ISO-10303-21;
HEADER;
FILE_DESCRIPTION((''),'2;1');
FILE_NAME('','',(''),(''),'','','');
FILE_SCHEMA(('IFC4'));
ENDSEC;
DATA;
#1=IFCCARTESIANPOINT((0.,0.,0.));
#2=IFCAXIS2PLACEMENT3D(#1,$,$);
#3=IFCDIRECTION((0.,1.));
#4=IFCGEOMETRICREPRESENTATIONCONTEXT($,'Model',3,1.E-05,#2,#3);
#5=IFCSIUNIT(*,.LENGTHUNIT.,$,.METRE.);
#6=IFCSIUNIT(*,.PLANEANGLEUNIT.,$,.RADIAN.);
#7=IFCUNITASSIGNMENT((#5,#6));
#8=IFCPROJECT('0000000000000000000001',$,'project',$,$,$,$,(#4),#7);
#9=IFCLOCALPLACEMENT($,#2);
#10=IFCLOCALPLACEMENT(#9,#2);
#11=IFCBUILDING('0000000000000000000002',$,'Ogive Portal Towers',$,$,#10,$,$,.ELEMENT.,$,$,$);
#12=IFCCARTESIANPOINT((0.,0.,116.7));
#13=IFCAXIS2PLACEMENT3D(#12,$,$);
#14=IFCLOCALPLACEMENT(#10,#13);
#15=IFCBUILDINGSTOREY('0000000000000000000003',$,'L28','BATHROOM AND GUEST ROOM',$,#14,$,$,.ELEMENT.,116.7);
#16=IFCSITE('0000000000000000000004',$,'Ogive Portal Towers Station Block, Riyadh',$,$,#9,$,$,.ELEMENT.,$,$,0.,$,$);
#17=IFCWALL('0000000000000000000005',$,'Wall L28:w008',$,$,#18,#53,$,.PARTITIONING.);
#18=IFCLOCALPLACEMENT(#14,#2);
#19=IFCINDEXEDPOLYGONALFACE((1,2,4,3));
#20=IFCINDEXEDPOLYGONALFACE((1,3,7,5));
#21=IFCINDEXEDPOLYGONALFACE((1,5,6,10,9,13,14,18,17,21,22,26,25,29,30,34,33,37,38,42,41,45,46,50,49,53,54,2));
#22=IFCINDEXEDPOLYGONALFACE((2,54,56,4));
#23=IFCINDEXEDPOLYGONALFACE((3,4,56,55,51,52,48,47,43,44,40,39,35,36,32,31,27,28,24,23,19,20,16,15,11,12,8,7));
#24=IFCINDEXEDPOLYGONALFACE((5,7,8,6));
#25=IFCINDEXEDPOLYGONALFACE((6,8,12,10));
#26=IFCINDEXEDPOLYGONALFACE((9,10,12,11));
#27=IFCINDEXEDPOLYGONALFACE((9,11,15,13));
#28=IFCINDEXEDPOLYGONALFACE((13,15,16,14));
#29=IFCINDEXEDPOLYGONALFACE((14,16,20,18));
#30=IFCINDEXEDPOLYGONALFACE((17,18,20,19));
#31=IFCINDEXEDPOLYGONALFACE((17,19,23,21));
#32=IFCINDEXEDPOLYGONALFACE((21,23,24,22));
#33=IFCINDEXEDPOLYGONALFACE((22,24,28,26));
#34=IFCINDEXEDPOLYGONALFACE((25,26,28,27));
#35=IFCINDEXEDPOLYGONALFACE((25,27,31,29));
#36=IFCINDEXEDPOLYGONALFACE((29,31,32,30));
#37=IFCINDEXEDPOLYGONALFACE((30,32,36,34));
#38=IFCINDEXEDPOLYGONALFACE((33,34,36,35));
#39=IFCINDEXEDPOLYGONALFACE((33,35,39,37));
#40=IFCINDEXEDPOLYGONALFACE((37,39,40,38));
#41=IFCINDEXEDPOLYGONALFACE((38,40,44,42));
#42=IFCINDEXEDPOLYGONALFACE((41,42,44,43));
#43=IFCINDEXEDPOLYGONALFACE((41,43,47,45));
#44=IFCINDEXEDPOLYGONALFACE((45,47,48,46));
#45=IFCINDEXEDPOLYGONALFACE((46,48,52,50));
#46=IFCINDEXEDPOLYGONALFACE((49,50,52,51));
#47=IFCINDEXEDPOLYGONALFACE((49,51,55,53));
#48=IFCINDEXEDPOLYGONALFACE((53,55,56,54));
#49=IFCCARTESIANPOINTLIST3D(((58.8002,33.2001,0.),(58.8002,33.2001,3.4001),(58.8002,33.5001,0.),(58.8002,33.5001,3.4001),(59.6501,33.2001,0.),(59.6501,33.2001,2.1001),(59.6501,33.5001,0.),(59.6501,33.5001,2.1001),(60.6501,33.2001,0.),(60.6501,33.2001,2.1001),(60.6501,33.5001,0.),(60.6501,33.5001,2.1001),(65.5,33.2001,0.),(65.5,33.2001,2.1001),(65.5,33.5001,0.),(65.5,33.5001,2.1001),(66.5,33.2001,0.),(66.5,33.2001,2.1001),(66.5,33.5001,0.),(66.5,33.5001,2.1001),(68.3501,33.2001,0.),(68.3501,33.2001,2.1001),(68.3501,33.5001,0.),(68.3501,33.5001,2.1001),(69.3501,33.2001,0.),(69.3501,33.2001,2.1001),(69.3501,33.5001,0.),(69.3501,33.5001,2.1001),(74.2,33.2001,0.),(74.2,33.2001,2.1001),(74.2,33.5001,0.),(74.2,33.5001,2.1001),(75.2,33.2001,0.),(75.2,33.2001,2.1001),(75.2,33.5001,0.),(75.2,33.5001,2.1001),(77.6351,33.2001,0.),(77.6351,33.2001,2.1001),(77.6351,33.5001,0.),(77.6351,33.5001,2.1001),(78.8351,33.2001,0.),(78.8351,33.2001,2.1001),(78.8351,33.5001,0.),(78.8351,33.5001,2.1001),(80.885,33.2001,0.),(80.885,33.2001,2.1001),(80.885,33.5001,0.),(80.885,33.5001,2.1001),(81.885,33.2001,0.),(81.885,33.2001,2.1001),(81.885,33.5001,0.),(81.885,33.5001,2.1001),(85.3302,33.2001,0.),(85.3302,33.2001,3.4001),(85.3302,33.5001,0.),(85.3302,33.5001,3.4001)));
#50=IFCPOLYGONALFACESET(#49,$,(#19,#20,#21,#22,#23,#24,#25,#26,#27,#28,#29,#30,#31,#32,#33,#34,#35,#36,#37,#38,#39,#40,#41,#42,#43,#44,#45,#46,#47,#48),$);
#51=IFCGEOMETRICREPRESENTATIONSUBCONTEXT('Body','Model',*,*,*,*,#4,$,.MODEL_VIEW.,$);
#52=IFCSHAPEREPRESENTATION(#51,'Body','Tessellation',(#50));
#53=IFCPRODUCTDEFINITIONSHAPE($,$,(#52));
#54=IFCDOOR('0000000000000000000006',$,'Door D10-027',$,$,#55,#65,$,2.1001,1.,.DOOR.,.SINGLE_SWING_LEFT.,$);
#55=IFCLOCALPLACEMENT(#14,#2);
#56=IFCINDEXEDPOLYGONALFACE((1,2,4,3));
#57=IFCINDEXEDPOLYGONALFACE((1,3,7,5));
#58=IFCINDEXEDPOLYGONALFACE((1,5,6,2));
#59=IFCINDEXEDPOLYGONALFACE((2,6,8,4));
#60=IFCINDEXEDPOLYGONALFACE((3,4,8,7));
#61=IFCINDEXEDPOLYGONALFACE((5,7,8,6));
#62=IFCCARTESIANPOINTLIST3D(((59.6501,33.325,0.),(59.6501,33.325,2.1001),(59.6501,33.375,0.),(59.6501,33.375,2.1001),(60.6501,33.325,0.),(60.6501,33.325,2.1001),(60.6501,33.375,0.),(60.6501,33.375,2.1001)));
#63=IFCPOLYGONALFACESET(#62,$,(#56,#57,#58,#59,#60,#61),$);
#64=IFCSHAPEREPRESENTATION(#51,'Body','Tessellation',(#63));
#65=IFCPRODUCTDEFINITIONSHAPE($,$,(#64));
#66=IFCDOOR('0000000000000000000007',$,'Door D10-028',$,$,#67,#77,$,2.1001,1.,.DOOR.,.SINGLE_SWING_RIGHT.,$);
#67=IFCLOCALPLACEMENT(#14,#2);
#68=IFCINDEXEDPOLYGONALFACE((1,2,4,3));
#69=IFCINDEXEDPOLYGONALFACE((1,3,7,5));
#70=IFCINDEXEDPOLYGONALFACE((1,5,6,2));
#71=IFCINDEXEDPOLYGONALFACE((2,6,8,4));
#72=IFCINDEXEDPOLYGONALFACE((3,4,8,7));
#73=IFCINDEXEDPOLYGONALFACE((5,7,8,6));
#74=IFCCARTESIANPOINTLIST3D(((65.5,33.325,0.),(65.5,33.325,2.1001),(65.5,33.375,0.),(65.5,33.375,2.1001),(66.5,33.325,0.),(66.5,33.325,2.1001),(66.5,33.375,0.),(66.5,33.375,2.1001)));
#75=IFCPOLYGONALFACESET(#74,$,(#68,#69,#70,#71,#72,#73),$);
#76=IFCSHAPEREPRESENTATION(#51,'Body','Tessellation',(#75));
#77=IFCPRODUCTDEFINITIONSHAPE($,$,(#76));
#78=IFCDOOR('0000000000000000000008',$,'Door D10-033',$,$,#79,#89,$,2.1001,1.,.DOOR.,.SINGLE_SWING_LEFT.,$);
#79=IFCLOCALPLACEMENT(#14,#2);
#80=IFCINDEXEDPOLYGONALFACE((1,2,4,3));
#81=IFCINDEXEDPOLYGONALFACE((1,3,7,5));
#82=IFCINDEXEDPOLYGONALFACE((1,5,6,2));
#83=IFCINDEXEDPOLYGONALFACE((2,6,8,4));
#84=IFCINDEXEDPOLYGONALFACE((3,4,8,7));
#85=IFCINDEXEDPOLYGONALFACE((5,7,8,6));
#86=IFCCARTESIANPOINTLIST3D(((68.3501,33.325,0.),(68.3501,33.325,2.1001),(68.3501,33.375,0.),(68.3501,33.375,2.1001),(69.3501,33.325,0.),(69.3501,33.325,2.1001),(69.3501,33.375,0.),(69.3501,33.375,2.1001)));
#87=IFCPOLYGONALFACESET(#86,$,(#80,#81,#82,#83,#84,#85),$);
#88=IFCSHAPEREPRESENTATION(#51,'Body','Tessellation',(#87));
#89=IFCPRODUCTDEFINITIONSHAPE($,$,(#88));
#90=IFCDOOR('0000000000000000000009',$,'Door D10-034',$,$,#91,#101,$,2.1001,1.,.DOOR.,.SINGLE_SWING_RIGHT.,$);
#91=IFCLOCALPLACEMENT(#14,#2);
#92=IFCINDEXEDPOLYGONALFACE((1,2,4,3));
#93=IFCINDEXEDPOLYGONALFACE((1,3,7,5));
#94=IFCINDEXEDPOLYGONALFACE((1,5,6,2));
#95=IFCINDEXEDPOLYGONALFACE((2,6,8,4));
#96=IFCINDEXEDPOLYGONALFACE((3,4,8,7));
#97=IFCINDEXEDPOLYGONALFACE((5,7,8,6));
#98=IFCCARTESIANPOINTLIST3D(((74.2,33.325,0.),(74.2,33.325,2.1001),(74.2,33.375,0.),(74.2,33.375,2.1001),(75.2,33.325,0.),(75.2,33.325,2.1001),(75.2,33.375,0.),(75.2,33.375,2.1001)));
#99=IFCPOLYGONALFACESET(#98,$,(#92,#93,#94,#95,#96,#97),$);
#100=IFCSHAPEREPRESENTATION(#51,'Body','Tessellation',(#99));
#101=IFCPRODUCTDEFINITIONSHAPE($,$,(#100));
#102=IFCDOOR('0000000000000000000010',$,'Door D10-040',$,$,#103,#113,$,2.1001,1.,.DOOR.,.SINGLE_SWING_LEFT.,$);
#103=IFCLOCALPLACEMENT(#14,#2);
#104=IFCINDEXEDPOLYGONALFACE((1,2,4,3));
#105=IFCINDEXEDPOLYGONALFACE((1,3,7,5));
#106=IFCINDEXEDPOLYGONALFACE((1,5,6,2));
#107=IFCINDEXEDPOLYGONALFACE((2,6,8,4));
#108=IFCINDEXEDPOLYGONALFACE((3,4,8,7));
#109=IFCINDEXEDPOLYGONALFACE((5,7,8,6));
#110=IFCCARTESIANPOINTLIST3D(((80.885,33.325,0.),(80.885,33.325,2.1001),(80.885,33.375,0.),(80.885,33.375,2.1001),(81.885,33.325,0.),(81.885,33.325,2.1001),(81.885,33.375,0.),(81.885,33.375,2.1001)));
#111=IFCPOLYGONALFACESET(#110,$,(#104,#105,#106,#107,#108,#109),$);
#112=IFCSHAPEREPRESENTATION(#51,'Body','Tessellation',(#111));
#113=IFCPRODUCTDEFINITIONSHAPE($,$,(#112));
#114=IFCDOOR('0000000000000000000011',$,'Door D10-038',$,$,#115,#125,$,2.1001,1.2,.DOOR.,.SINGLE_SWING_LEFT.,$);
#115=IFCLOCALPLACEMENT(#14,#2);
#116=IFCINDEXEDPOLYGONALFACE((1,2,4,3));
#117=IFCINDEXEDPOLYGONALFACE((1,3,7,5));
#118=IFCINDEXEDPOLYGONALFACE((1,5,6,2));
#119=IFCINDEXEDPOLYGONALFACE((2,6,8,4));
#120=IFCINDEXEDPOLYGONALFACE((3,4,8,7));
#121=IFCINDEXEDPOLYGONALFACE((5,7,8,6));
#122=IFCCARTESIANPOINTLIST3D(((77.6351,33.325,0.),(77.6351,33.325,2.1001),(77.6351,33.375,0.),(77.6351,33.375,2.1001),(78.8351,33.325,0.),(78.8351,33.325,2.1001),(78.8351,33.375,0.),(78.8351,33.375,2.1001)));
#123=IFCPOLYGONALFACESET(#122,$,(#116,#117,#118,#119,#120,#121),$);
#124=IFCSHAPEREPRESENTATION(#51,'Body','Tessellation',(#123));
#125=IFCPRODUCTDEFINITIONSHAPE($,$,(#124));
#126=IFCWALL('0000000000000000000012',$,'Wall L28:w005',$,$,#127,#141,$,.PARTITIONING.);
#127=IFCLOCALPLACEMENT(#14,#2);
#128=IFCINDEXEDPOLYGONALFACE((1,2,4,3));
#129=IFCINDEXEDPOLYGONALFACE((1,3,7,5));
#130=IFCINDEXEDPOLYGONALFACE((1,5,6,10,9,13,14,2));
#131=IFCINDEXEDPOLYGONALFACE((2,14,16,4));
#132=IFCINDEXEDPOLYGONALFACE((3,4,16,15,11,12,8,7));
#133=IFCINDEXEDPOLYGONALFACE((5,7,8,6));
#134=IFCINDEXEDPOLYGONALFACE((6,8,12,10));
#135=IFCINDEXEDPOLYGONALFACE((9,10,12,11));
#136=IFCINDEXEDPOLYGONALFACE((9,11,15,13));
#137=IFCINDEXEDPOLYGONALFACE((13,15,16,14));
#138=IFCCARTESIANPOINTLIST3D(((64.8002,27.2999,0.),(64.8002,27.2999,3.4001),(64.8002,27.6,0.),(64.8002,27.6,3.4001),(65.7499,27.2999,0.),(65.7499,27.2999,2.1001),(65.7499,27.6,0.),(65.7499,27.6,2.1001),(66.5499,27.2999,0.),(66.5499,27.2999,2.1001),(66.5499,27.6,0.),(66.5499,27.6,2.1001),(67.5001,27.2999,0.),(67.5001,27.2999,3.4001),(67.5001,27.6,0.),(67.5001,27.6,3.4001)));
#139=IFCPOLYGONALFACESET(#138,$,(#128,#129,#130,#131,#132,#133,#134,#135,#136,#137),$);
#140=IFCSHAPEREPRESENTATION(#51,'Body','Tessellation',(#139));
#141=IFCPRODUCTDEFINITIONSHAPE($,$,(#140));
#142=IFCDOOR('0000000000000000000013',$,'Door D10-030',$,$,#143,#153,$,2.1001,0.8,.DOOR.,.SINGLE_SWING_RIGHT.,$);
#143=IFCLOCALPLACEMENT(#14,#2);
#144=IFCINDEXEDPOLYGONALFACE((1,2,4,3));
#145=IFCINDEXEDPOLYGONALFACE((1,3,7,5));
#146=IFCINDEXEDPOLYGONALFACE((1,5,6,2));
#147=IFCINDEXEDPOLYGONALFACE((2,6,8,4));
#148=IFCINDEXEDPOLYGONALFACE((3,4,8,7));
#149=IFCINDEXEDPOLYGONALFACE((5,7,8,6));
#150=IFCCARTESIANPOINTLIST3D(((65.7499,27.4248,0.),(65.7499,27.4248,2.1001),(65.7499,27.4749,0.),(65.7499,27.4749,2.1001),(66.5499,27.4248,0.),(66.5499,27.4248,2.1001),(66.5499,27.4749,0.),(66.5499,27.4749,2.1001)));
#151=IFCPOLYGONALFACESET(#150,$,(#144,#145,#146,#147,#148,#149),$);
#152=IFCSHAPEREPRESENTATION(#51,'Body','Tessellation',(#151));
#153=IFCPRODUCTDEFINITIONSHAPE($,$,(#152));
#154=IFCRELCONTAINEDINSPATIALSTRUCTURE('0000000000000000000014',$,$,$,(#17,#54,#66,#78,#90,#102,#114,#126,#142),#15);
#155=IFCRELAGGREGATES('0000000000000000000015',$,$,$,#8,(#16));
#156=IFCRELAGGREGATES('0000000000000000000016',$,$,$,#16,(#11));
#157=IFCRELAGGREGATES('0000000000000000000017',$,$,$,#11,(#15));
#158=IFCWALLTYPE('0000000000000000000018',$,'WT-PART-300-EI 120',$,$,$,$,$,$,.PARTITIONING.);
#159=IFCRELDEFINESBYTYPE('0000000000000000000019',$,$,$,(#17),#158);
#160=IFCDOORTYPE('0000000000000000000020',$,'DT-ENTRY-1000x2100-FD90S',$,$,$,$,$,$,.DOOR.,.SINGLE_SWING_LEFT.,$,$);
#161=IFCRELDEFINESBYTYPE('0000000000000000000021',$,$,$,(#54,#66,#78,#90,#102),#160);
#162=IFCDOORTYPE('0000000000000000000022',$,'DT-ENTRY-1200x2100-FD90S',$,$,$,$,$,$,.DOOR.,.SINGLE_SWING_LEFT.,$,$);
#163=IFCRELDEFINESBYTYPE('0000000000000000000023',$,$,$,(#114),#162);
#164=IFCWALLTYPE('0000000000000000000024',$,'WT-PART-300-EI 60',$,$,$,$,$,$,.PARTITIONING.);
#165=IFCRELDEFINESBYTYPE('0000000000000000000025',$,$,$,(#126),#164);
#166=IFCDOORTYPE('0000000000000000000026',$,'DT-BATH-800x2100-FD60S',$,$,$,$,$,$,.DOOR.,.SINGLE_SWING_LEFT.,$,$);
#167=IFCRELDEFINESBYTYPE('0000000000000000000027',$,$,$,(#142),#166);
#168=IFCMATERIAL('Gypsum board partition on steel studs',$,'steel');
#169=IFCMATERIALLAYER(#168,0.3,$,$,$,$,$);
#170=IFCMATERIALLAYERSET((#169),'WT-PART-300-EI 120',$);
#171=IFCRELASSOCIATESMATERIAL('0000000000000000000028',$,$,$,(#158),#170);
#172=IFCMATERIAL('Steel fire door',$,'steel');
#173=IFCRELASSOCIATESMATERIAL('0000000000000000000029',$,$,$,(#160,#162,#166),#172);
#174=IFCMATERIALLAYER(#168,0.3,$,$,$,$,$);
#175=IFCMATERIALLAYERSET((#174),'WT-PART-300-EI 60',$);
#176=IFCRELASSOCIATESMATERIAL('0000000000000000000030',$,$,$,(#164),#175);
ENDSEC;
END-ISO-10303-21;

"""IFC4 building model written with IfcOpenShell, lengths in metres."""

from ifc_helpers import new_model, si_unit, direction, frame, frame_2d, origin, place, context, subcontext, project, spatial, rectangle, extrude, material, layer, layer_set, type_object, element, fill, save


model = new_model("IFC4")

# Units and contexts
model_context = context("Model", 3, precision=1e-05, world=origin(), true_north=direction((0.0, 1.0)))
body_context = subcontext(model_context, "Body", "Model", "MODEL_VIEW")
ifc_project = project(units=[si_unit("LENGTHUNIT", "METRE"), si_unit("PLANEANGLEUNIT", "RADIAN")], contexts=[model_context])

# Site, building, storey
site_placement = place(None, origin())
site = spatial("IfcSite", under=ifc_project, at=site_placement, Name="Ogive Portal Towers Station Block, Riyadh", CompositionType="ELEMENT", RefElevation=0.0)
building_placement = place(site_placement, origin())
building = spatial("IfcBuilding", under=site, at=building_placement, Name="Ogive Portal Towers", CompositionType="ELEMENT")
storey_placement = place(building_placement, frame((0.0, 0.0, 116.7)))
storey = spatial("IfcBuildingStorey", under=building, at=storey_placement, Name="L28", Description="BATHROOM AND GUEST ROOM", CompositionType="ELEMENT", Elevation=116.7)

# Wall, openings, doors
ifc_material_1 = material(Name="Gypsum board partition on steel studs", Category="steel")
ifc_layer_1 = layer(ifc_material_1, 0.3)
ifc_layer_set_1 = layer_set([ifc_layer_1], Name="WT-PART-300-EI 120")
wall_type_1 = type_object("IfcWallType", Name="WT-PART-300-EI 120", PredefinedType="PARTITIONING", material=ifc_layer_set_1)
ifc_material_2 = material(Name="Steel fire door", Category="steel")
door_type_1 = type_object("IfcDoorType", Name="DT-ENTRY-1000x2100-FD90S", OperationType="SINGLE_SWING_LEFT", PredefinedType="DOOR", material=ifc_material_2)
door_type_2 = type_object("IfcDoorType", Name="DT-ENTRY-1200x2100-FD90S", OperationType="SINGLE_SWING_LEFT", PredefinedType="DOOR", material=ifc_material_2)
wall_1_placement = place(storey_placement, frame((58.8, 33.3501, 0.0), z_axis=(0.0, 0.0, 1.0), x_axis=(1.0, 0.0, 0.0)))
wall_1 = element("IfcWall", 1, at=wall_1_placement, inside=storey, type_object=wall_type_1, Name="Wall L28:w008", PredefinedType="PARTITIONING", context=body_context, shape_type="SweptSolid", body=[
    extrude(rectangle(XDim=26.53, YDim=0.3, at=frame_2d((13.2651, 0.0))), origin(), (0.0, 0.0, 1.0), 3.4001),
])
opening_1_placement = place(wall_1_placement, frame((0.8501, 0.0, 0.0)))
opening_1 = element("IfcOpeningElement", 2, at=opening_1_placement, cuts=wall_1, PredefinedType="OPENING", context=body_context, shape_type="SweptSolid", body=[
    extrude(rectangle(XDim=1.0, YDim=2.1001, at=frame_2d((0.5, 1.05))), frame((0.0, 0.1602, 0.0), z_axis=(0.0, -1.0, 0.0), x_axis=(1.0, 0.0, 0.0)), (0.0, 0.0, 1.0), 0.3201),
])
opening_2_placement = place(wall_1_placement, frame((6.7, 0.0, 0.0)))
opening_2 = element("IfcOpeningElement", 3, at=opening_2_placement, cuts=wall_1, PredefinedType="OPENING", context=body_context, shape_type="SweptSolid", body=[
    extrude(rectangle(XDim=1.0, YDim=2.1001, at=frame_2d((0.5, 1.05))), frame((0.0, 0.1602, 0.0), z_axis=(0.0, -1.0, 0.0), x_axis=(1.0, 0.0, 0.0)), (0.0, 0.0, 1.0), 0.3201),
])
opening_3_placement = place(wall_1_placement, frame((9.55, 0.0, 0.0)))
opening_3 = element("IfcOpeningElement", 4, at=opening_3_placement, cuts=wall_1, PredefinedType="OPENING", context=body_context, shape_type="SweptSolid", body=[
    extrude(rectangle(XDim=1.0, YDim=2.1001, at=frame_2d((0.5, 1.05))), frame((0.0, 0.1602, 0.0), z_axis=(0.0, -1.0, 0.0), x_axis=(1.0, 0.0, 0.0)), (0.0, 0.0, 1.0), 0.3201),
])
opening_4_placement = place(wall_1_placement, frame((15.3999, 0.0, 0.0)))
opening_4 = element("IfcOpeningElement", 5, at=opening_4_placement, cuts=wall_1, PredefinedType="OPENING", context=body_context, shape_type="SweptSolid", body=[
    extrude(rectangle(XDim=1.0, YDim=2.1001, at=frame_2d((0.5, 1.05))), frame((0.0, 0.1602, 0.0), z_axis=(0.0, -1.0, 0.0), x_axis=(1.0, 0.0, 0.0)), (0.0, 0.0, 1.0), 0.3201),
])
opening_5_placement = place(wall_1_placement, frame((18.835, 0.0, 0.0)))
opening_5 = element("IfcOpeningElement", 6, at=opening_5_placement, cuts=wall_1, PredefinedType="OPENING", context=body_context, shape_type="SweptSolid", body=[
    extrude(rectangle(XDim=1.2, YDim=2.1001, at=frame_2d((0.6001, 1.05))), frame((0.0, 0.1602, 0.0), z_axis=(0.0, -1.0, 0.0), x_axis=(1.0, 0.0, 0.0)), (0.0, 0.0, 1.0), 0.3201),
])
opening_6_placement = place(wall_1_placement, frame((22.085, 0.0, 0.0)))
opening_6 = element("IfcOpeningElement", 7, at=opening_6_placement, cuts=wall_1, PredefinedType="OPENING", context=body_context, shape_type="SweptSolid", body=[
    extrude(rectangle(XDim=1.0, YDim=2.1001, at=frame_2d((0.5, 1.05))), frame((0.0, 0.1602, 0.0), z_axis=(0.0, -1.0, 0.0), x_axis=(1.0, 0.0, 0.0)), (0.0, 0.0, 1.0), 0.3201),
])
door_1_placement = place(opening_1_placement, origin())
door_1 = element("IfcDoor", 8, at=door_1_placement, inside=storey, type_object=door_type_1, Name="Door D10-027", OperationType="SINGLE_SWING_LEFT", OverallHeight=2.1001, OverallWidth=1.0, PredefinedType="DOOR", context=body_context, shape_type="SweptSolid", body=[
    extrude(rectangle(XDim=1.0, YDim=2.1001, at=frame_2d((0.5, 1.05))), frame((0.0, 0.0249, 0.0), z_axis=(0.0, -1.0, 0.0), x_axis=(1.0, 0.0, 0.0)), (0.0, 0.0, 1.0), 0.05),
])
fill(opening_1, door_1)
door_2_placement = place(opening_2_placement, origin())
door_2 = element("IfcDoor", 9, at=door_2_placement, inside=storey, type_object=door_type_1, Name="Door D10-028", OperationType="SINGLE_SWING_RIGHT", OverallHeight=2.1001, OverallWidth=1.0, PredefinedType="DOOR", context=body_context, shape_type="SweptSolid", body=[
    extrude(rectangle(XDim=1.0, YDim=2.1001, at=frame_2d((0.5, 1.05))), frame((0.0, 0.0249, 0.0), z_axis=(0.0, -1.0, 0.0), x_axis=(1.0, 0.0, 0.0)), (0.0, 0.0, 1.0), 0.05),
])
fill(opening_2, door_2)
door_3_placement = place(opening_3_placement, origin())
door_3 = element("IfcDoor", 10, at=door_3_placement, inside=storey, type_object=door_type_1, Name="Door D10-033", OperationType="SINGLE_SWING_LEFT", OverallHeight=2.1001, OverallWidth=1.0, PredefinedType="DOOR", context=body_context, shape_type="SweptSolid", body=[
    extrude(rectangle(XDim=1.0, YDim=2.1001, at=frame_2d((0.5, 1.05))), frame((0.0, 0.0249, 0.0), z_axis=(0.0, -1.0, 0.0), x_axis=(1.0, 0.0, 0.0)), (0.0, 0.0, 1.0), 0.05),
])
fill(opening_3, door_3)
door_4_placement = place(opening_4_placement, origin())
door_4 = element("IfcDoor", 11, at=door_4_placement, inside=storey, type_object=door_type_1, Name="Door D10-034", OperationType="SINGLE_SWING_RIGHT", OverallHeight=2.1001, OverallWidth=1.0, PredefinedType="DOOR", context=body_context, shape_type="SweptSolid", body=[
    extrude(rectangle(XDim=1.0, YDim=2.1001, at=frame_2d((0.5, 1.05))), frame((0.0, 0.0249, 0.0), z_axis=(0.0, -1.0, 0.0), x_axis=(1.0, 0.0, 0.0)), (0.0, 0.0, 1.0), 0.05),
])
fill(opening_4, door_4)
door_5_placement = place(opening_6_placement, origin())
door_5 = element("IfcDoor", 12, at=door_5_placement, inside=storey, type_object=door_type_1, Name="Door D10-040", OperationType="SINGLE_SWING_LEFT", OverallHeight=2.1001, OverallWidth=1.0, PredefinedType="DOOR", context=body_context, shape_type="SweptSolid", body=[
    extrude(rectangle(XDim=1.0, YDim=2.1001, at=frame_2d((0.5, 1.05))), frame((0.0, 0.0249, 0.0), z_axis=(0.0, -1.0, 0.0), x_axis=(1.0, 0.0, 0.0)), (0.0, 0.0, 1.0), 0.05),
])
fill(opening_6, door_5)
door_6_placement = place(opening_5_placement, origin())
door_6 = element("IfcDoor", 13, at=door_6_placement, inside=storey, type_object=door_type_2, Name="Door D10-038", OperationType="SINGLE_SWING_LEFT", OverallHeight=2.1001, OverallWidth=1.2, PredefinedType="DOOR", context=body_context, shape_type="SweptSolid", body=[
    extrude(rectangle(XDim=1.2, YDim=2.1001, at=frame_2d((0.6001, 1.05))), frame((0.0, 0.0249, 0.0), z_axis=(0.0, -1.0, 0.0), x_axis=(1.0, 0.0, 0.0)), (0.0, 0.0, 1.0), 0.05),
])
fill(opening_5, door_6)

# Wall, opening, door
ifc_layer_2 = layer(ifc_material_1, 0.3)
ifc_layer_set_2 = layer_set([ifc_layer_2], Name="WT-PART-300-EI 60")
wall_type_2 = type_object("IfcWallType", Name="WT-PART-300-EI 60", PredefinedType="PARTITIONING", material=ifc_layer_set_2)
wall_2_placement = place(storey_placement, frame((64.8, 27.45, 0.0), z_axis=(0.0, 0.0, 1.0), x_axis=(1.0, 0.0, 0.0)))
wall_2 = element("IfcWall", 14, at=wall_2_placement, inside=storey, type_object=wall_type_2, Name="Wall L28:w005", PredefinedType="PARTITIONING", context=body_context, shape_type="SweptSolid", body=[
    extrude(rectangle(XDim=2.7, YDim=0.3, at=frame_2d((1.3501, 0.0))), origin(), (0.0, 0.0, 1.0), 3.4001),
])
opening_7_placement = place(wall_2_placement, frame((0.95, 0.0, 0.0)))
opening_7 = element("IfcOpeningElement", 15, at=opening_7_placement, cuts=wall_2, PredefinedType="OPENING", context=body_context, shape_type="SweptSolid", body=[
    extrude(rectangle(XDim=0.8, YDim=2.1001, at=frame_2d((0.3999, 1.05))), frame((0.0, 0.1602, 0.0), z_axis=(0.0, -1.0, 0.0), x_axis=(1.0, 0.0, 0.0)), (0.0, 0.0, 1.0), 0.3201),
])
door_type_3 = type_object("IfcDoorType", Name="DT-BATH-800x2100-FD60S", OperationType="SINGLE_SWING_LEFT", PredefinedType="DOOR", material=ifc_material_2)
door_7_placement = place(opening_7_placement, origin())
door_7 = element("IfcDoor", 16, at=door_7_placement, inside=storey, type_object=door_type_3, Name="Door D10-030", OperationType="SINGLE_SWING_RIGHT", OverallHeight=2.1001, OverallWidth=0.8, PredefinedType="DOOR", context=body_context, shape_type="SweptSolid", body=[
    extrude(rectangle(XDim=0.8, YDim=2.1001, at=frame_2d((0.3999, 1.05))), frame((0.0, 0.0249, 0.0), z_axis=(0.0, -1.0, 0.0), x_axis=(1.0, 0.0, 0.0)), (0.0, 0.0, 1.0), 0.05),
])
fill(opening_7, door_7)

save(model, "model.ifc")
